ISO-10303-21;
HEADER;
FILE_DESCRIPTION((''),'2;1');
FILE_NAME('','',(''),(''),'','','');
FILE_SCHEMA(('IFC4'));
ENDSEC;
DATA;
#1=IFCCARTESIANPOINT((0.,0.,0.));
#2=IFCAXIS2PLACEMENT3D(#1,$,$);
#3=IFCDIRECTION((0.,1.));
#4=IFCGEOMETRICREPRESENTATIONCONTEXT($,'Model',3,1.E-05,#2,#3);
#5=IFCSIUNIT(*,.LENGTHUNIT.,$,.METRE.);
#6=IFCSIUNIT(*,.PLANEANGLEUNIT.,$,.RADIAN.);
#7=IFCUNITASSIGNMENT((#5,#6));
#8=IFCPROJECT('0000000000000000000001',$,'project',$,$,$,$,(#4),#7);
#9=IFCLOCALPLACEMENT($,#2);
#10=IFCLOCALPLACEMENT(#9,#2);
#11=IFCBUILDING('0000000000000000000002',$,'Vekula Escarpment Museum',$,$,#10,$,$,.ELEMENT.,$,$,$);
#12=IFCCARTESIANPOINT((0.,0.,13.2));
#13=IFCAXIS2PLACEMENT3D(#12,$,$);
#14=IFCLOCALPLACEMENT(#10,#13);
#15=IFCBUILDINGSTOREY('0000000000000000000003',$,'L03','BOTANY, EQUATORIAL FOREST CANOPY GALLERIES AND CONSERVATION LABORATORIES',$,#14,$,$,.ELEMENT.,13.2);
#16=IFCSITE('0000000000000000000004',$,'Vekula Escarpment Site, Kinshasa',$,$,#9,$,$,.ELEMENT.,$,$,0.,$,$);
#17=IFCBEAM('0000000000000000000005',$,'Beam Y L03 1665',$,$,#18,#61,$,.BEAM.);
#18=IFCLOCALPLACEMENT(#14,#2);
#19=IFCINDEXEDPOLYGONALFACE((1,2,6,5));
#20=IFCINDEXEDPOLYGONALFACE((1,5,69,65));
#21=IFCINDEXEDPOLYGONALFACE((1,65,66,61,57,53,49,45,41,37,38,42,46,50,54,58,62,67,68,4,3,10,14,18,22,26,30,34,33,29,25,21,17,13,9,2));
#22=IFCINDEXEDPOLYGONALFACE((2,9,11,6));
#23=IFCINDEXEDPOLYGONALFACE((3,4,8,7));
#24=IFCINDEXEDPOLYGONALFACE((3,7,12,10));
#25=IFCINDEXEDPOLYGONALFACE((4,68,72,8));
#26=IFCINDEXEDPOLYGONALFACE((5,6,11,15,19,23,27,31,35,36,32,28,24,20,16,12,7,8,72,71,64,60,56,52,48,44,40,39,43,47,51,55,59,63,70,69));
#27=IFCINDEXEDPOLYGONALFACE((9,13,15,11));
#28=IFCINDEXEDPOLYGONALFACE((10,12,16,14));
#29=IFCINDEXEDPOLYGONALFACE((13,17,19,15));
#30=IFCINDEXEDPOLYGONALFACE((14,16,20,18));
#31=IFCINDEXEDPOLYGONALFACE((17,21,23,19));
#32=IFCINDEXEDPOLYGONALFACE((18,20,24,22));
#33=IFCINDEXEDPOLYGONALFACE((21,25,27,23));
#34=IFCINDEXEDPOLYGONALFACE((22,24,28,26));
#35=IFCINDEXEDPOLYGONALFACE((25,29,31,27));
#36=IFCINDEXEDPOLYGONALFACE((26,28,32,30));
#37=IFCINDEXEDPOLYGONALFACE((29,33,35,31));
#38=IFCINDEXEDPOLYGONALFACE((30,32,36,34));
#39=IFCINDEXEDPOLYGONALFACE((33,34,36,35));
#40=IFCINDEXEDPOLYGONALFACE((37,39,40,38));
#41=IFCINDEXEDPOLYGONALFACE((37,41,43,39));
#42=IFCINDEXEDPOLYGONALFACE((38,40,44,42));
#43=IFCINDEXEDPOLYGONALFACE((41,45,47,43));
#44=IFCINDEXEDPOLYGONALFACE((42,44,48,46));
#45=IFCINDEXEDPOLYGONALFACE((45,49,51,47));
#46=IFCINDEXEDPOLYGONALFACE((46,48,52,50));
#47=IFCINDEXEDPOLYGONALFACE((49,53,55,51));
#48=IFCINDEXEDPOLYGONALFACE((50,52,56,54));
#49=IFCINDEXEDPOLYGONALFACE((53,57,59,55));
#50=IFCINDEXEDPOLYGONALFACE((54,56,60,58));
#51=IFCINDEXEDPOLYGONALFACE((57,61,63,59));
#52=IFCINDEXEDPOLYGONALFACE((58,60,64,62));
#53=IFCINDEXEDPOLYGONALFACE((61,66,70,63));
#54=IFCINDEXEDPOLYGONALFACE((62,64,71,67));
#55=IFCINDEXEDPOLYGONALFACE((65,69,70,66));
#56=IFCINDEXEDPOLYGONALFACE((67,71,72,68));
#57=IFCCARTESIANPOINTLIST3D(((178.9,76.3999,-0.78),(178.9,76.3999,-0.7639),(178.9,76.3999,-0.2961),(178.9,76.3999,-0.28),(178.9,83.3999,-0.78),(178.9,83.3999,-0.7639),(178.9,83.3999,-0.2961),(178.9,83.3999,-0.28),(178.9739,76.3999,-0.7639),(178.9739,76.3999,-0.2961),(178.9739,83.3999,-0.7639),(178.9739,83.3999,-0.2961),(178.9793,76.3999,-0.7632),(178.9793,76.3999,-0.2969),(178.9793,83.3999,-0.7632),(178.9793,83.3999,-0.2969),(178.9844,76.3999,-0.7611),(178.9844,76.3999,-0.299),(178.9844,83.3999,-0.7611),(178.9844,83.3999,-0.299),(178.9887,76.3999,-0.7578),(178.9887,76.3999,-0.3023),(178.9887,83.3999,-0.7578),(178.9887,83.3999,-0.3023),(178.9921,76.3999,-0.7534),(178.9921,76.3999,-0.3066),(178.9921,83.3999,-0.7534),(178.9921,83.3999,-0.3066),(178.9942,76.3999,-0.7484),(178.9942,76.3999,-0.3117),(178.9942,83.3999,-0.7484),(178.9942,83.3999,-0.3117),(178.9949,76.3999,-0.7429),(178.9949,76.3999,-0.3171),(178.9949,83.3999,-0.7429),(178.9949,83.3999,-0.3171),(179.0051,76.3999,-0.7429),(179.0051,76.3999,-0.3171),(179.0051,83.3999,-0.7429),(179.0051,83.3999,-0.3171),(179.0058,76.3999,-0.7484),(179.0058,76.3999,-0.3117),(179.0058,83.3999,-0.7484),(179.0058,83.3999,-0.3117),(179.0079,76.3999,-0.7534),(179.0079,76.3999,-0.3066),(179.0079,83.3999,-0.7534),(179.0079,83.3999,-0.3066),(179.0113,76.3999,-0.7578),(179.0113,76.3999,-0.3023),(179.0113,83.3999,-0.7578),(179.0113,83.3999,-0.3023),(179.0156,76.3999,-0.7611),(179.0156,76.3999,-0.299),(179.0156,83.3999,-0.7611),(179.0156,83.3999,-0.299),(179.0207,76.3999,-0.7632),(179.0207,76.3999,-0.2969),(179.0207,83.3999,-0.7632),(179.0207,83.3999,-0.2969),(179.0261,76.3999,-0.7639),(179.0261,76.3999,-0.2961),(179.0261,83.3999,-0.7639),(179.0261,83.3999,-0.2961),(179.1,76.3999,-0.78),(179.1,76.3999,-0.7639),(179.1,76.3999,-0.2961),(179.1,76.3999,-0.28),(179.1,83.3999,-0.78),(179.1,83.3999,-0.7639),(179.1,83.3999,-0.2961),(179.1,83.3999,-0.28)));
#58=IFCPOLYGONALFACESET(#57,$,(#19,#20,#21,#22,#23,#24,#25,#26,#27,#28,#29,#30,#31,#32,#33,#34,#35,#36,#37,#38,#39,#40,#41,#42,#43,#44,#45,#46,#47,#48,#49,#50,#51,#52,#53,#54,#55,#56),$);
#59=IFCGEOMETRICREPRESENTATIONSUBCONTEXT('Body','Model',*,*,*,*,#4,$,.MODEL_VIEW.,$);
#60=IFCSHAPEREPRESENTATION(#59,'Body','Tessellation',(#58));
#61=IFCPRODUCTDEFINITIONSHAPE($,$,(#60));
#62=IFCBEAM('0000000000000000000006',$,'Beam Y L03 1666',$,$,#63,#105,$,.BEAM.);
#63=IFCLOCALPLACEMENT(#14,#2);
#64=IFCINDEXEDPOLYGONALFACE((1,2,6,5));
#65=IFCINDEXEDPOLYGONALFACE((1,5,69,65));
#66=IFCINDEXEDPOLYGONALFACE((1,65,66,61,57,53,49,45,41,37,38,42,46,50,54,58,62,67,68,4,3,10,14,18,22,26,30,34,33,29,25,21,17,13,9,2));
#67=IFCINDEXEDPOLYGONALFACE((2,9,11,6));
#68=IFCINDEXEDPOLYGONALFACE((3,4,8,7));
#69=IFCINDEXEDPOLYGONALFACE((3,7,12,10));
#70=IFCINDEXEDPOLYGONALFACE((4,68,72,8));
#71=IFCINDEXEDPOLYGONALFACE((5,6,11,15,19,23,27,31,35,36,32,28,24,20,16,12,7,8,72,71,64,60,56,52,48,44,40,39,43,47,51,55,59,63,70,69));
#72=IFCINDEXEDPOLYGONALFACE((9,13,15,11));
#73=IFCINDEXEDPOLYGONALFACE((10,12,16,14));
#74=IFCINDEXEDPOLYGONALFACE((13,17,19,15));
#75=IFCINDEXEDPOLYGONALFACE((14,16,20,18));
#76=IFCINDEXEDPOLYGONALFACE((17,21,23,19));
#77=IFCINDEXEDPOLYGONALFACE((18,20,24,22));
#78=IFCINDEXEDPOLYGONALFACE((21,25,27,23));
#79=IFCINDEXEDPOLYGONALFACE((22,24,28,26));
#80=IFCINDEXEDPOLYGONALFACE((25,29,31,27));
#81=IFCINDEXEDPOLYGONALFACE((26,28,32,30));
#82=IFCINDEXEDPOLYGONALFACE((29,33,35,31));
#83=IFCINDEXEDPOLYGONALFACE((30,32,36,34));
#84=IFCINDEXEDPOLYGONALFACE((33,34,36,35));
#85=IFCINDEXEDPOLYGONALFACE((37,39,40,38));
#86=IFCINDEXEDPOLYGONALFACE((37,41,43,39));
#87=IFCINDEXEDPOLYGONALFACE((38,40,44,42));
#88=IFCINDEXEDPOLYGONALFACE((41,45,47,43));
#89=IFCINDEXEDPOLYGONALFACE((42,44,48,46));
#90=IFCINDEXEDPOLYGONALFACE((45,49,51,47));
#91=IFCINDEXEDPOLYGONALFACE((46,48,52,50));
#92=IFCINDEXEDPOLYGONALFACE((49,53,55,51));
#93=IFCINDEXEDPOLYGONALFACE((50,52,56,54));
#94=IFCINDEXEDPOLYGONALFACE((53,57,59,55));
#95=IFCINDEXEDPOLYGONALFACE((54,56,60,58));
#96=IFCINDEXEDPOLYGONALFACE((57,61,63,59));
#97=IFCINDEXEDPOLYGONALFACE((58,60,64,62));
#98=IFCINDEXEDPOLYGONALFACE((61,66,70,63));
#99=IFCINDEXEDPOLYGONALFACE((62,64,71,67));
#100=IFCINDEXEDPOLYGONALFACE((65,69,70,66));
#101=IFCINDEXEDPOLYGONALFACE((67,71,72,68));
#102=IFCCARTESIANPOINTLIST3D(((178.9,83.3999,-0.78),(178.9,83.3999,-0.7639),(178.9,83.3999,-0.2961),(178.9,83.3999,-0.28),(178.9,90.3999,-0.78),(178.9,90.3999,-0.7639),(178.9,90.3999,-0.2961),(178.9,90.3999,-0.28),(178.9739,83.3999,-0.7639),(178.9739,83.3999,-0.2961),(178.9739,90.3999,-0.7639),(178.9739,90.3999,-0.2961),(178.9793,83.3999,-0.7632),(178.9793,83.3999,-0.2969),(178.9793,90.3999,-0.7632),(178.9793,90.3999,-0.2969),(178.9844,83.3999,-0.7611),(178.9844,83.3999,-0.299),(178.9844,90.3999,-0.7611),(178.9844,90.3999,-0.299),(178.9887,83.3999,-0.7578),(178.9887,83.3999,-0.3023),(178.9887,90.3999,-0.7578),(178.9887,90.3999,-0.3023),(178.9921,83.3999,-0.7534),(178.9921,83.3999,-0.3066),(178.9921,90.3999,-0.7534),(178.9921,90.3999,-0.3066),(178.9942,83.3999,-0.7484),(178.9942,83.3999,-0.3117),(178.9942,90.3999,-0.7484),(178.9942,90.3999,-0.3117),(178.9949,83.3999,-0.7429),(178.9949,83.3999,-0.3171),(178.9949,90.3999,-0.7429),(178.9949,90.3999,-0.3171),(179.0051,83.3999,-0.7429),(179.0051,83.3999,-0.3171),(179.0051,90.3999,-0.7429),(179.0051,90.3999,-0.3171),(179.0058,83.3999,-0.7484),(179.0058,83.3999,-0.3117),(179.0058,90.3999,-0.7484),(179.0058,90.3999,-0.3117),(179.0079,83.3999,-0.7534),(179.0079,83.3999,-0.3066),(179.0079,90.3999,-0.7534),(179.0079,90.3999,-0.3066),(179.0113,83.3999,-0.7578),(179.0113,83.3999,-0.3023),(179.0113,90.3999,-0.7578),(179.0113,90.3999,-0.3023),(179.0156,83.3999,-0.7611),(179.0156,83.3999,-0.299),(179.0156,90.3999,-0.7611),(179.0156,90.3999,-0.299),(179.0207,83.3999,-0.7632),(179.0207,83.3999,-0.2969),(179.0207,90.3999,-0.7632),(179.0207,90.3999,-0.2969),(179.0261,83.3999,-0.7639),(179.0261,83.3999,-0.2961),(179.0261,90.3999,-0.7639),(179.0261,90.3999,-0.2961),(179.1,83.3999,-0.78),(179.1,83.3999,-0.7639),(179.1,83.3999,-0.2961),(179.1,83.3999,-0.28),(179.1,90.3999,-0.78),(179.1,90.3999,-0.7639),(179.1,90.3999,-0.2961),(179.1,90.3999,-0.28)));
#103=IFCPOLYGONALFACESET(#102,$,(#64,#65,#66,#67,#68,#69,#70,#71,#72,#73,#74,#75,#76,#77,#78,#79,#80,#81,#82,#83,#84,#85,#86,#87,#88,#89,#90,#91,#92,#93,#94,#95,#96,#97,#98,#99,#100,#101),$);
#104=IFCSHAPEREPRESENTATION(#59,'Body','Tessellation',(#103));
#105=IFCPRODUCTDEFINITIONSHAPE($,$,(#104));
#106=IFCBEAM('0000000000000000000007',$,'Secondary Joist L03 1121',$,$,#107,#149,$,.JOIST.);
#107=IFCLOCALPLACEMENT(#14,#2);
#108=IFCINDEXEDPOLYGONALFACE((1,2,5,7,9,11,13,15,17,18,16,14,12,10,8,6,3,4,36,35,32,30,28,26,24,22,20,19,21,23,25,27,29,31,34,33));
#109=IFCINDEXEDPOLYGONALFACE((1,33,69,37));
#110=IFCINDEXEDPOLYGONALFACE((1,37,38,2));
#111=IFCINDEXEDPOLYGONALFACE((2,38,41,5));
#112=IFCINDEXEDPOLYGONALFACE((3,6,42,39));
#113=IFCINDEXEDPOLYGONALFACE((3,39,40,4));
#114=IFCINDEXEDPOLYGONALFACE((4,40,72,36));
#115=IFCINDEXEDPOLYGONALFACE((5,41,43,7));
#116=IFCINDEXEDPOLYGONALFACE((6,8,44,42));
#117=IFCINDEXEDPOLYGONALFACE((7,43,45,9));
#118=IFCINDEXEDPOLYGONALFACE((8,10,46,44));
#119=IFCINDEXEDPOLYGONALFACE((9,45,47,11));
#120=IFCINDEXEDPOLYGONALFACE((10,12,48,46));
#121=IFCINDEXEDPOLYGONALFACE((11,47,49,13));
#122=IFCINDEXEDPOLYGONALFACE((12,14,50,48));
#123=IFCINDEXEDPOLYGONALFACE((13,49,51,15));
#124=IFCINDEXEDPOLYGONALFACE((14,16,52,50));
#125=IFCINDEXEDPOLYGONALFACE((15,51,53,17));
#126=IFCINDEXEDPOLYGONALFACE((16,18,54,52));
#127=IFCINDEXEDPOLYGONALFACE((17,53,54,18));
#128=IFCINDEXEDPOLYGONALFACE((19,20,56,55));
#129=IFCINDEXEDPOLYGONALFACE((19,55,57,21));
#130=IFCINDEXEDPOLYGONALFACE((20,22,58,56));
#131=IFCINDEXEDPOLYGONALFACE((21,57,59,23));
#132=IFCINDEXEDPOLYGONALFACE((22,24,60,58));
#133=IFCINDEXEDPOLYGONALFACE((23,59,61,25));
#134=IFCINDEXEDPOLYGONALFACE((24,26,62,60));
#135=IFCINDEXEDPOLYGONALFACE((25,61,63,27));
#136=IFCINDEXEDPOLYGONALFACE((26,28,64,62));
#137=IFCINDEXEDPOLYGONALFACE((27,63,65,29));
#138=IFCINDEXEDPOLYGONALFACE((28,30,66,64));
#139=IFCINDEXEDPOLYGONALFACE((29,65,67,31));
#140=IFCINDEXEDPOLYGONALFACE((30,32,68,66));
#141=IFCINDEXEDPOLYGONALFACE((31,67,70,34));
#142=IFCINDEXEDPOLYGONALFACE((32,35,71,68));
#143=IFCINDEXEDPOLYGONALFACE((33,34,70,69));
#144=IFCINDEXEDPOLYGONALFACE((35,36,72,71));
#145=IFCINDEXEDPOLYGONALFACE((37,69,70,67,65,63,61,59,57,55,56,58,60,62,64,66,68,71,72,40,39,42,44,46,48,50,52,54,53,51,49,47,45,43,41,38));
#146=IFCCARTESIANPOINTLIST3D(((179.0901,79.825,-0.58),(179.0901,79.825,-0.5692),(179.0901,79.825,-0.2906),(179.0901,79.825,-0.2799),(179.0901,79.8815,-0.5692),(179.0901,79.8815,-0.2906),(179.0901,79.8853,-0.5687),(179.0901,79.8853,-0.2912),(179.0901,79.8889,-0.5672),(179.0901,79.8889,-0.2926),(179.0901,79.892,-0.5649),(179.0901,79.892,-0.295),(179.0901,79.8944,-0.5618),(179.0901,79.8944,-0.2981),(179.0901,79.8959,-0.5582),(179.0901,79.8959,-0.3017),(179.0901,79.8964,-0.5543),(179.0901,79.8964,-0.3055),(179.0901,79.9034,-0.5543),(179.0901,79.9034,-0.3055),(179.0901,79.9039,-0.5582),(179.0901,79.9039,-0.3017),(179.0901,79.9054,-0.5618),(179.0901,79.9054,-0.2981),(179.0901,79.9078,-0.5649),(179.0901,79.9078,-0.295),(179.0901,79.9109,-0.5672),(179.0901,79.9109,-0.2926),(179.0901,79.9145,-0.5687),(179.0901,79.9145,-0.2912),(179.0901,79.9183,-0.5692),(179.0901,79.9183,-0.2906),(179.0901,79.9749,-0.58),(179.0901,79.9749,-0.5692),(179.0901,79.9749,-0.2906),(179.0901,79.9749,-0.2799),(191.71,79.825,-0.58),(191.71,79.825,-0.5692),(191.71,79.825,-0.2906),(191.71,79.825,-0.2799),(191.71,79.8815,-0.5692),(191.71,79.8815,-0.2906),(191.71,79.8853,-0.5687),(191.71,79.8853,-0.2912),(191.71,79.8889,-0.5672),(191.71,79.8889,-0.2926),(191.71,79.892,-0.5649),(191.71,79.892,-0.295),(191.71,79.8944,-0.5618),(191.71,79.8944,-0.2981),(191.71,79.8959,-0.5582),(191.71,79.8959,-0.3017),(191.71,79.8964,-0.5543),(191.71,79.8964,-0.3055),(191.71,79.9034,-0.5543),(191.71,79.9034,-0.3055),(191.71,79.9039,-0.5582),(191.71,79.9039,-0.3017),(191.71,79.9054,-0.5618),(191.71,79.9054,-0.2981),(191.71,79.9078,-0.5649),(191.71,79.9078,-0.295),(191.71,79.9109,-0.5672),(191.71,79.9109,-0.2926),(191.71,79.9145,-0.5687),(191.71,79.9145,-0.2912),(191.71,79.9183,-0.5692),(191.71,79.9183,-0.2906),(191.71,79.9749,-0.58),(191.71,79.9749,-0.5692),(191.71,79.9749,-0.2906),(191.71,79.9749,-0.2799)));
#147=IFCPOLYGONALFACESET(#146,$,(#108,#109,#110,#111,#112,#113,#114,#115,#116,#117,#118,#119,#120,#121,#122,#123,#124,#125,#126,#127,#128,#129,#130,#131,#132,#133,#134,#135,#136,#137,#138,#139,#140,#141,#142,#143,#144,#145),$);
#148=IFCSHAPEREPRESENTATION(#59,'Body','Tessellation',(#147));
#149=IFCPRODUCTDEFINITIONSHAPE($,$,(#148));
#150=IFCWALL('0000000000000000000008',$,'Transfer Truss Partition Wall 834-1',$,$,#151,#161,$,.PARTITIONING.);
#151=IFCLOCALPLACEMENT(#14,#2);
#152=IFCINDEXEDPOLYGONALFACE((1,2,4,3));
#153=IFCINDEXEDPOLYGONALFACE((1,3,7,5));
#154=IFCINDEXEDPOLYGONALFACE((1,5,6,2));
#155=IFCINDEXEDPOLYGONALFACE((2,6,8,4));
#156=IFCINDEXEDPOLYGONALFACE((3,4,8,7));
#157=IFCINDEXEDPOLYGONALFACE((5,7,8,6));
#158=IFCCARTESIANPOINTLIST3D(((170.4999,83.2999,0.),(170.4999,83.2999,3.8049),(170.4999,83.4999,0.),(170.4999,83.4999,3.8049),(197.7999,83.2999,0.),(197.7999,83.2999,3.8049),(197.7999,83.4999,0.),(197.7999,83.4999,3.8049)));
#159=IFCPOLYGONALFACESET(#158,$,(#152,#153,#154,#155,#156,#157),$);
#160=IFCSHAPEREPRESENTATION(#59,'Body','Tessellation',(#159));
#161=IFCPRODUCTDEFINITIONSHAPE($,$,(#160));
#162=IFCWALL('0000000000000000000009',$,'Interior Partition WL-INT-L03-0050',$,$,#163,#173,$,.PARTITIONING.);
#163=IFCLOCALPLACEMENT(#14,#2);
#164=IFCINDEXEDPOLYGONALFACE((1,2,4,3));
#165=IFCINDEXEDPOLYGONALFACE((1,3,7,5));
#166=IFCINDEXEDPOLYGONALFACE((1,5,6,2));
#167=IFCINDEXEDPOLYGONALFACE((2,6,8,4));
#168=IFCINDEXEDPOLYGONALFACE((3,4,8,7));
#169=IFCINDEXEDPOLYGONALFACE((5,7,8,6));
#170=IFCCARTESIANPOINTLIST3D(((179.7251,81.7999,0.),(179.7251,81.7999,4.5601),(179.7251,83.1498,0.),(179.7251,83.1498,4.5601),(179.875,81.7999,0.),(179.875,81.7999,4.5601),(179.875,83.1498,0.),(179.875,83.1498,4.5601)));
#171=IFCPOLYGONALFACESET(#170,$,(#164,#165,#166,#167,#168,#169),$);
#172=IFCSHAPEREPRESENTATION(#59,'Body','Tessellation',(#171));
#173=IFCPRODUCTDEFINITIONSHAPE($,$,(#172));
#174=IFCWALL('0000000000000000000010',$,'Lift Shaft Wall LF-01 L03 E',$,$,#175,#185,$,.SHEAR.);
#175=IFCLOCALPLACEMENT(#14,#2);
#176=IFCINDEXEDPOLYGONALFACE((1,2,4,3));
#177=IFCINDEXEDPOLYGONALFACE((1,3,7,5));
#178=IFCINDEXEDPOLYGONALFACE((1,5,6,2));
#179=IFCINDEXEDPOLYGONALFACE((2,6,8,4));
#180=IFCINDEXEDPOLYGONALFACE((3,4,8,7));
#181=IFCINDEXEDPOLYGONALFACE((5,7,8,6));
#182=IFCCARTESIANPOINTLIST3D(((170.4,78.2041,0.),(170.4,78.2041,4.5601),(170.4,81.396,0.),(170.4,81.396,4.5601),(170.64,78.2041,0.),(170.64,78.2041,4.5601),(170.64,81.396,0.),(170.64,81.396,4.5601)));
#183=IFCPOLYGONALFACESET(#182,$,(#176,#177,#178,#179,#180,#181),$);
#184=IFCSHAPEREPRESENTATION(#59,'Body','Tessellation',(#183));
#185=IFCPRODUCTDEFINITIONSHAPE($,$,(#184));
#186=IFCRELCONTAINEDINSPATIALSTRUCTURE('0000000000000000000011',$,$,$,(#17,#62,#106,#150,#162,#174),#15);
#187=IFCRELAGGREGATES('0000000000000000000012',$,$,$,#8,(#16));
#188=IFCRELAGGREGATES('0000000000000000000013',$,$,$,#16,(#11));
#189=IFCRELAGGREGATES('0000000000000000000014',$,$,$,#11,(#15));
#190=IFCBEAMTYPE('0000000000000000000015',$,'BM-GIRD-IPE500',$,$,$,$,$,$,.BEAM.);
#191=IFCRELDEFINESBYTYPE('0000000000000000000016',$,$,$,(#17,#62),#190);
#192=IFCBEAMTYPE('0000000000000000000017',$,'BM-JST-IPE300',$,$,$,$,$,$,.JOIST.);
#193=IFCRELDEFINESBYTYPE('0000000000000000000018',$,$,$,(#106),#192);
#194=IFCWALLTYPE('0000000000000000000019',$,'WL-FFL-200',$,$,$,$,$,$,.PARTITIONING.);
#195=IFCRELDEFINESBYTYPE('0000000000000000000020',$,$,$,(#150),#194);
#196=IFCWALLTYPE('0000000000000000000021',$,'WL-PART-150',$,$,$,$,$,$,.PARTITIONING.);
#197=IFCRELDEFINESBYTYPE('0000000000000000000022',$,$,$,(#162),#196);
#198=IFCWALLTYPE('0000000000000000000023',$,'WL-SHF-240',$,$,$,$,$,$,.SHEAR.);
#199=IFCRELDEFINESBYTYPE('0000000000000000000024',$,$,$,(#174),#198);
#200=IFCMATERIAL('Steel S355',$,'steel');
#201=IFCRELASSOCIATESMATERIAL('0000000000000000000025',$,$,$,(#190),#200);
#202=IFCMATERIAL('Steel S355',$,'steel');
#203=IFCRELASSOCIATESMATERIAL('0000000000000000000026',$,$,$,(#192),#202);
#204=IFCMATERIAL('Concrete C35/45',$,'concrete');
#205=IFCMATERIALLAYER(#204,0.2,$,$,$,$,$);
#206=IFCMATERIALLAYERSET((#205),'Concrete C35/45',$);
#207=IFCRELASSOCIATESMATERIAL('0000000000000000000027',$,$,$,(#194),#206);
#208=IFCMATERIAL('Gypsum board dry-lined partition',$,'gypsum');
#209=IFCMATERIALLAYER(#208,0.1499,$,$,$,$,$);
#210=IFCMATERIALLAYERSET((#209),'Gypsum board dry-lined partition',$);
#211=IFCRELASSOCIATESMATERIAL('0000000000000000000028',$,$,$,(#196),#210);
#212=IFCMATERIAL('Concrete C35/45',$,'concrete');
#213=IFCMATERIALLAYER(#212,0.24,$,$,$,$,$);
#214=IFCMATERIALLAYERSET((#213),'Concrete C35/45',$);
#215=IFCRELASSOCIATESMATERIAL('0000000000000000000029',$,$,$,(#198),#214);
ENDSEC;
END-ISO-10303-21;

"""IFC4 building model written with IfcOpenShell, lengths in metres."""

from ifc_helpers import new_model, si_unit, direction, frame, frame_2d, origin, origin_2d, place, context, subcontext, project, spatial, rectangle, i_section, extrude, material, layer, layer_set, material_profile, profile_set, type_object, element, save


model = new_model("IFC4")

# Units and contexts
model_context = context("Model", 3, precision=1e-05, world=origin(), true_north=direction((0.0, 1.0)))
body_context = subcontext(model_context, "Body", "Model", "MODEL_VIEW")
ifc_project = project(units=[si_unit("LENGTHUNIT", "METRE"), si_unit("PLANEANGLEUNIT", "RADIAN")], contexts=[model_context])

# Site, building, storey
site_placement = place(None, origin())
site = spatial("IfcSite", under=ifc_project, at=site_placement, Name="Vekula Escarpment Site, Kinshasa", CompositionType="ELEMENT", RefElevation=0.0)
building_placement = place(site_placement, origin())
building = spatial("IfcBuilding", under=site, at=building_placement, Name="Vekula Escarpment Museum", CompositionType="ELEMENT")
storey_placement = place(building_placement, frame((0.0, 0.0, 13.2)))
storey = spatial("IfcBuildingStorey", under=building, at=storey_placement, Name="L03", Description="BOTANY, EQUATORIAL FOREST CANOPY GALLERIES AND CONSERVATION LABORATORIES", CompositionType="ELEMENT", Elevation=13.2)

# Beams
ifc_material_1 = material(Name="Steel S355", Category="steel")
ifc_material_profile_1 = material_profile(ifc_material_1, i_section(OverallWidth=0.2, OverallDepth=0.5, WebThickness=0.0103, FlangeThickness=0.0161, FilletRadius=0.021, at=origin_2d()), Name="IPE 500")
ifc_profile_set_1 = profile_set([ifc_material_profile_1], Name="Steel S355")
beam_type_1 = type_object("IfcBeamType", Name="BM-GIRD-IPE500", PredefinedType="BEAM", material=ifc_profile_set_1)
for number, where, z_axis, x_axis, name in (
    (1, (179.0, 76.3999, -0.53), (0.0, 1.0, 0.0), (-1.0, 0.0, 0.0), "Beam Y L03 1665"),
    (2, (179.0, 83.3999, -0.53), (0.0, 1.0, 0.0), (-1.0, 0.0, 0.0), "Beam Y L03 1666"),
):
    element("IfcBeam", number, at=place(storey_placement, frame(where, z_axis=z_axis, x_axis=x_axis)), inside=storey, type_object=beam_type_1, Name=name, PredefinedType="BEAM", context=body_context, shape_type="SweptSolid", body=[
        extrude(i_section(OverallWidth=0.2, OverallDepth=0.5, WebThickness=0.0103, FlangeThickness=0.0161, FilletRadius=0.021, at=origin_2d()), origin(), (0.0, 0.0, 1.0), 7.0),
    ])
ifc_material_2 = material(Name="Steel S355", Category="steel")
ifc_material_profile_2 = material_profile(ifc_material_2, i_section(OverallWidth=0.1499, OverallDepth=0.3, WebThickness=0.0071, FlangeThickness=0.0107, FilletRadius=0.0149, at=origin_2d()), Name="IPE 300")
ifc_profile_set_2 = profile_set([ifc_material_profile_2], Name="Steel S355")
beam_type_2 = type_object("IfcBeamType", Name="BM-JST-IPE300", PredefinedType="JOIST", material=ifc_profile_set_2)
beam_placement = place(storey_placement, frame((179.0901, 79.8999, -0.4299), z_axis=(1.0, 0.0, 0.0), x_axis=(0.0, 1.0, 0.0)))
element("IfcBeam", 3, at=beam_placement, inside=storey, type_object=beam_type_2, Name="Secondary Joist L03 1121", PredefinedType="JOIST", context=body_context, shape_type="SweptSolid", body=[
    extrude(i_section(OverallWidth=0.1499, OverallDepth=0.3, WebThickness=0.0071, FlangeThickness=0.0107, FilletRadius=0.0149, at=origin_2d()), origin(), (0.0, 0.0, 1.0), 12.6199),
])

# Walls
ifc_material_3 = material(Name="Concrete C35/45", Category="concrete")
ifc_layer_1 = layer(ifc_material_3, 0.2)
ifc_layer_set_1 = layer_set([ifc_layer_1], Name="Concrete C35/45")
wall_type_1 = type_object("IfcWallType", Name="WL-FFL-200", PredefinedType="PARTITIONING", material=ifc_layer_set_1)
wall_1_placement = place(storey_placement, frame((170.5, 83.3999, 0.0), z_axis=(0.0, 0.0, 1.0), x_axis=(1.0, 0.0, 0.0)))
element("IfcWall", 4, at=wall_1_placement, inside=storey, type_object=wall_type_1, Name="Transfer Truss Partition Wall 834-1", PredefinedType="PARTITIONING", context=body_context, shape_type="SweptSolid", body=[
    extrude(rectangle(XDim=27.3, YDim=0.2, at=frame_2d((13.6499, 0.0))), origin(), (0.0, 0.0, 1.0), 3.8049),
])
ifc_material_4 = material(Name="Gypsum board dry-lined partition", Category="gypsum")
ifc_layer_2 = layer(ifc_material_4, 0.1499)
ifc_layer_set_2 = layer_set([ifc_layer_2], Name="Gypsum board dry-lined partition")
wall_type_2 = type_object("IfcWallType", Name="WL-PART-150", PredefinedType="PARTITIONING", material=ifc_layer_set_2)
wall_2_placement = place(storey_placement, frame((179.8, 81.8, 0.0), z_axis=(0.0, 0.0, 1.0), x_axis=(0.0, 1.0, 0.0)))
element("IfcWall", 5, at=wall_2_placement, inside=storey, type_object=wall_type_2, Name="Interior Partition WL-INT-L03-0050", PredefinedType="PARTITIONING", context=body_context, shape_type="SweptSolid", body=[
    extrude(rectangle(XDim=1.3499, YDim=0.1499, at=frame_2d((0.6748, 0.0))), origin(), (0.0, 0.0, 1.0), 4.5601),
])
ifc_material_5 = material(Name="Concrete C35/45", Category="concrete")
ifc_layer_3 = layer(ifc_material_5, 0.24)
ifc_layer_set_3 = layer_set([ifc_layer_3], Name="Concrete C35/45")
wall_type_3 = type_object("IfcWallType", Name="WL-SHF-240", PredefinedType="SHEAR", material=ifc_layer_set_3)
wall_3_placement = place(storey_placement, frame((170.52, 78.2041, 0.0), z_axis=(0.0, 0.0, 1.0), x_axis=(0.0, 1.0, 0.0)))
element("IfcWall", 6, at=wall_3_placement, inside=storey, type_object=wall_type_3, Name="Lift Shaft Wall LF-01 L03 E", PredefinedType="SHEAR", context=body_context, shape_type="SweptSolid", body=[
    extrude(rectangle(XDim=3.1919, YDim=0.24, at=frame_2d((1.5959, 0.0))), origin(), (0.0, 0.0, 1.0), 4.5601),
])

save(model, "model.ifc")
